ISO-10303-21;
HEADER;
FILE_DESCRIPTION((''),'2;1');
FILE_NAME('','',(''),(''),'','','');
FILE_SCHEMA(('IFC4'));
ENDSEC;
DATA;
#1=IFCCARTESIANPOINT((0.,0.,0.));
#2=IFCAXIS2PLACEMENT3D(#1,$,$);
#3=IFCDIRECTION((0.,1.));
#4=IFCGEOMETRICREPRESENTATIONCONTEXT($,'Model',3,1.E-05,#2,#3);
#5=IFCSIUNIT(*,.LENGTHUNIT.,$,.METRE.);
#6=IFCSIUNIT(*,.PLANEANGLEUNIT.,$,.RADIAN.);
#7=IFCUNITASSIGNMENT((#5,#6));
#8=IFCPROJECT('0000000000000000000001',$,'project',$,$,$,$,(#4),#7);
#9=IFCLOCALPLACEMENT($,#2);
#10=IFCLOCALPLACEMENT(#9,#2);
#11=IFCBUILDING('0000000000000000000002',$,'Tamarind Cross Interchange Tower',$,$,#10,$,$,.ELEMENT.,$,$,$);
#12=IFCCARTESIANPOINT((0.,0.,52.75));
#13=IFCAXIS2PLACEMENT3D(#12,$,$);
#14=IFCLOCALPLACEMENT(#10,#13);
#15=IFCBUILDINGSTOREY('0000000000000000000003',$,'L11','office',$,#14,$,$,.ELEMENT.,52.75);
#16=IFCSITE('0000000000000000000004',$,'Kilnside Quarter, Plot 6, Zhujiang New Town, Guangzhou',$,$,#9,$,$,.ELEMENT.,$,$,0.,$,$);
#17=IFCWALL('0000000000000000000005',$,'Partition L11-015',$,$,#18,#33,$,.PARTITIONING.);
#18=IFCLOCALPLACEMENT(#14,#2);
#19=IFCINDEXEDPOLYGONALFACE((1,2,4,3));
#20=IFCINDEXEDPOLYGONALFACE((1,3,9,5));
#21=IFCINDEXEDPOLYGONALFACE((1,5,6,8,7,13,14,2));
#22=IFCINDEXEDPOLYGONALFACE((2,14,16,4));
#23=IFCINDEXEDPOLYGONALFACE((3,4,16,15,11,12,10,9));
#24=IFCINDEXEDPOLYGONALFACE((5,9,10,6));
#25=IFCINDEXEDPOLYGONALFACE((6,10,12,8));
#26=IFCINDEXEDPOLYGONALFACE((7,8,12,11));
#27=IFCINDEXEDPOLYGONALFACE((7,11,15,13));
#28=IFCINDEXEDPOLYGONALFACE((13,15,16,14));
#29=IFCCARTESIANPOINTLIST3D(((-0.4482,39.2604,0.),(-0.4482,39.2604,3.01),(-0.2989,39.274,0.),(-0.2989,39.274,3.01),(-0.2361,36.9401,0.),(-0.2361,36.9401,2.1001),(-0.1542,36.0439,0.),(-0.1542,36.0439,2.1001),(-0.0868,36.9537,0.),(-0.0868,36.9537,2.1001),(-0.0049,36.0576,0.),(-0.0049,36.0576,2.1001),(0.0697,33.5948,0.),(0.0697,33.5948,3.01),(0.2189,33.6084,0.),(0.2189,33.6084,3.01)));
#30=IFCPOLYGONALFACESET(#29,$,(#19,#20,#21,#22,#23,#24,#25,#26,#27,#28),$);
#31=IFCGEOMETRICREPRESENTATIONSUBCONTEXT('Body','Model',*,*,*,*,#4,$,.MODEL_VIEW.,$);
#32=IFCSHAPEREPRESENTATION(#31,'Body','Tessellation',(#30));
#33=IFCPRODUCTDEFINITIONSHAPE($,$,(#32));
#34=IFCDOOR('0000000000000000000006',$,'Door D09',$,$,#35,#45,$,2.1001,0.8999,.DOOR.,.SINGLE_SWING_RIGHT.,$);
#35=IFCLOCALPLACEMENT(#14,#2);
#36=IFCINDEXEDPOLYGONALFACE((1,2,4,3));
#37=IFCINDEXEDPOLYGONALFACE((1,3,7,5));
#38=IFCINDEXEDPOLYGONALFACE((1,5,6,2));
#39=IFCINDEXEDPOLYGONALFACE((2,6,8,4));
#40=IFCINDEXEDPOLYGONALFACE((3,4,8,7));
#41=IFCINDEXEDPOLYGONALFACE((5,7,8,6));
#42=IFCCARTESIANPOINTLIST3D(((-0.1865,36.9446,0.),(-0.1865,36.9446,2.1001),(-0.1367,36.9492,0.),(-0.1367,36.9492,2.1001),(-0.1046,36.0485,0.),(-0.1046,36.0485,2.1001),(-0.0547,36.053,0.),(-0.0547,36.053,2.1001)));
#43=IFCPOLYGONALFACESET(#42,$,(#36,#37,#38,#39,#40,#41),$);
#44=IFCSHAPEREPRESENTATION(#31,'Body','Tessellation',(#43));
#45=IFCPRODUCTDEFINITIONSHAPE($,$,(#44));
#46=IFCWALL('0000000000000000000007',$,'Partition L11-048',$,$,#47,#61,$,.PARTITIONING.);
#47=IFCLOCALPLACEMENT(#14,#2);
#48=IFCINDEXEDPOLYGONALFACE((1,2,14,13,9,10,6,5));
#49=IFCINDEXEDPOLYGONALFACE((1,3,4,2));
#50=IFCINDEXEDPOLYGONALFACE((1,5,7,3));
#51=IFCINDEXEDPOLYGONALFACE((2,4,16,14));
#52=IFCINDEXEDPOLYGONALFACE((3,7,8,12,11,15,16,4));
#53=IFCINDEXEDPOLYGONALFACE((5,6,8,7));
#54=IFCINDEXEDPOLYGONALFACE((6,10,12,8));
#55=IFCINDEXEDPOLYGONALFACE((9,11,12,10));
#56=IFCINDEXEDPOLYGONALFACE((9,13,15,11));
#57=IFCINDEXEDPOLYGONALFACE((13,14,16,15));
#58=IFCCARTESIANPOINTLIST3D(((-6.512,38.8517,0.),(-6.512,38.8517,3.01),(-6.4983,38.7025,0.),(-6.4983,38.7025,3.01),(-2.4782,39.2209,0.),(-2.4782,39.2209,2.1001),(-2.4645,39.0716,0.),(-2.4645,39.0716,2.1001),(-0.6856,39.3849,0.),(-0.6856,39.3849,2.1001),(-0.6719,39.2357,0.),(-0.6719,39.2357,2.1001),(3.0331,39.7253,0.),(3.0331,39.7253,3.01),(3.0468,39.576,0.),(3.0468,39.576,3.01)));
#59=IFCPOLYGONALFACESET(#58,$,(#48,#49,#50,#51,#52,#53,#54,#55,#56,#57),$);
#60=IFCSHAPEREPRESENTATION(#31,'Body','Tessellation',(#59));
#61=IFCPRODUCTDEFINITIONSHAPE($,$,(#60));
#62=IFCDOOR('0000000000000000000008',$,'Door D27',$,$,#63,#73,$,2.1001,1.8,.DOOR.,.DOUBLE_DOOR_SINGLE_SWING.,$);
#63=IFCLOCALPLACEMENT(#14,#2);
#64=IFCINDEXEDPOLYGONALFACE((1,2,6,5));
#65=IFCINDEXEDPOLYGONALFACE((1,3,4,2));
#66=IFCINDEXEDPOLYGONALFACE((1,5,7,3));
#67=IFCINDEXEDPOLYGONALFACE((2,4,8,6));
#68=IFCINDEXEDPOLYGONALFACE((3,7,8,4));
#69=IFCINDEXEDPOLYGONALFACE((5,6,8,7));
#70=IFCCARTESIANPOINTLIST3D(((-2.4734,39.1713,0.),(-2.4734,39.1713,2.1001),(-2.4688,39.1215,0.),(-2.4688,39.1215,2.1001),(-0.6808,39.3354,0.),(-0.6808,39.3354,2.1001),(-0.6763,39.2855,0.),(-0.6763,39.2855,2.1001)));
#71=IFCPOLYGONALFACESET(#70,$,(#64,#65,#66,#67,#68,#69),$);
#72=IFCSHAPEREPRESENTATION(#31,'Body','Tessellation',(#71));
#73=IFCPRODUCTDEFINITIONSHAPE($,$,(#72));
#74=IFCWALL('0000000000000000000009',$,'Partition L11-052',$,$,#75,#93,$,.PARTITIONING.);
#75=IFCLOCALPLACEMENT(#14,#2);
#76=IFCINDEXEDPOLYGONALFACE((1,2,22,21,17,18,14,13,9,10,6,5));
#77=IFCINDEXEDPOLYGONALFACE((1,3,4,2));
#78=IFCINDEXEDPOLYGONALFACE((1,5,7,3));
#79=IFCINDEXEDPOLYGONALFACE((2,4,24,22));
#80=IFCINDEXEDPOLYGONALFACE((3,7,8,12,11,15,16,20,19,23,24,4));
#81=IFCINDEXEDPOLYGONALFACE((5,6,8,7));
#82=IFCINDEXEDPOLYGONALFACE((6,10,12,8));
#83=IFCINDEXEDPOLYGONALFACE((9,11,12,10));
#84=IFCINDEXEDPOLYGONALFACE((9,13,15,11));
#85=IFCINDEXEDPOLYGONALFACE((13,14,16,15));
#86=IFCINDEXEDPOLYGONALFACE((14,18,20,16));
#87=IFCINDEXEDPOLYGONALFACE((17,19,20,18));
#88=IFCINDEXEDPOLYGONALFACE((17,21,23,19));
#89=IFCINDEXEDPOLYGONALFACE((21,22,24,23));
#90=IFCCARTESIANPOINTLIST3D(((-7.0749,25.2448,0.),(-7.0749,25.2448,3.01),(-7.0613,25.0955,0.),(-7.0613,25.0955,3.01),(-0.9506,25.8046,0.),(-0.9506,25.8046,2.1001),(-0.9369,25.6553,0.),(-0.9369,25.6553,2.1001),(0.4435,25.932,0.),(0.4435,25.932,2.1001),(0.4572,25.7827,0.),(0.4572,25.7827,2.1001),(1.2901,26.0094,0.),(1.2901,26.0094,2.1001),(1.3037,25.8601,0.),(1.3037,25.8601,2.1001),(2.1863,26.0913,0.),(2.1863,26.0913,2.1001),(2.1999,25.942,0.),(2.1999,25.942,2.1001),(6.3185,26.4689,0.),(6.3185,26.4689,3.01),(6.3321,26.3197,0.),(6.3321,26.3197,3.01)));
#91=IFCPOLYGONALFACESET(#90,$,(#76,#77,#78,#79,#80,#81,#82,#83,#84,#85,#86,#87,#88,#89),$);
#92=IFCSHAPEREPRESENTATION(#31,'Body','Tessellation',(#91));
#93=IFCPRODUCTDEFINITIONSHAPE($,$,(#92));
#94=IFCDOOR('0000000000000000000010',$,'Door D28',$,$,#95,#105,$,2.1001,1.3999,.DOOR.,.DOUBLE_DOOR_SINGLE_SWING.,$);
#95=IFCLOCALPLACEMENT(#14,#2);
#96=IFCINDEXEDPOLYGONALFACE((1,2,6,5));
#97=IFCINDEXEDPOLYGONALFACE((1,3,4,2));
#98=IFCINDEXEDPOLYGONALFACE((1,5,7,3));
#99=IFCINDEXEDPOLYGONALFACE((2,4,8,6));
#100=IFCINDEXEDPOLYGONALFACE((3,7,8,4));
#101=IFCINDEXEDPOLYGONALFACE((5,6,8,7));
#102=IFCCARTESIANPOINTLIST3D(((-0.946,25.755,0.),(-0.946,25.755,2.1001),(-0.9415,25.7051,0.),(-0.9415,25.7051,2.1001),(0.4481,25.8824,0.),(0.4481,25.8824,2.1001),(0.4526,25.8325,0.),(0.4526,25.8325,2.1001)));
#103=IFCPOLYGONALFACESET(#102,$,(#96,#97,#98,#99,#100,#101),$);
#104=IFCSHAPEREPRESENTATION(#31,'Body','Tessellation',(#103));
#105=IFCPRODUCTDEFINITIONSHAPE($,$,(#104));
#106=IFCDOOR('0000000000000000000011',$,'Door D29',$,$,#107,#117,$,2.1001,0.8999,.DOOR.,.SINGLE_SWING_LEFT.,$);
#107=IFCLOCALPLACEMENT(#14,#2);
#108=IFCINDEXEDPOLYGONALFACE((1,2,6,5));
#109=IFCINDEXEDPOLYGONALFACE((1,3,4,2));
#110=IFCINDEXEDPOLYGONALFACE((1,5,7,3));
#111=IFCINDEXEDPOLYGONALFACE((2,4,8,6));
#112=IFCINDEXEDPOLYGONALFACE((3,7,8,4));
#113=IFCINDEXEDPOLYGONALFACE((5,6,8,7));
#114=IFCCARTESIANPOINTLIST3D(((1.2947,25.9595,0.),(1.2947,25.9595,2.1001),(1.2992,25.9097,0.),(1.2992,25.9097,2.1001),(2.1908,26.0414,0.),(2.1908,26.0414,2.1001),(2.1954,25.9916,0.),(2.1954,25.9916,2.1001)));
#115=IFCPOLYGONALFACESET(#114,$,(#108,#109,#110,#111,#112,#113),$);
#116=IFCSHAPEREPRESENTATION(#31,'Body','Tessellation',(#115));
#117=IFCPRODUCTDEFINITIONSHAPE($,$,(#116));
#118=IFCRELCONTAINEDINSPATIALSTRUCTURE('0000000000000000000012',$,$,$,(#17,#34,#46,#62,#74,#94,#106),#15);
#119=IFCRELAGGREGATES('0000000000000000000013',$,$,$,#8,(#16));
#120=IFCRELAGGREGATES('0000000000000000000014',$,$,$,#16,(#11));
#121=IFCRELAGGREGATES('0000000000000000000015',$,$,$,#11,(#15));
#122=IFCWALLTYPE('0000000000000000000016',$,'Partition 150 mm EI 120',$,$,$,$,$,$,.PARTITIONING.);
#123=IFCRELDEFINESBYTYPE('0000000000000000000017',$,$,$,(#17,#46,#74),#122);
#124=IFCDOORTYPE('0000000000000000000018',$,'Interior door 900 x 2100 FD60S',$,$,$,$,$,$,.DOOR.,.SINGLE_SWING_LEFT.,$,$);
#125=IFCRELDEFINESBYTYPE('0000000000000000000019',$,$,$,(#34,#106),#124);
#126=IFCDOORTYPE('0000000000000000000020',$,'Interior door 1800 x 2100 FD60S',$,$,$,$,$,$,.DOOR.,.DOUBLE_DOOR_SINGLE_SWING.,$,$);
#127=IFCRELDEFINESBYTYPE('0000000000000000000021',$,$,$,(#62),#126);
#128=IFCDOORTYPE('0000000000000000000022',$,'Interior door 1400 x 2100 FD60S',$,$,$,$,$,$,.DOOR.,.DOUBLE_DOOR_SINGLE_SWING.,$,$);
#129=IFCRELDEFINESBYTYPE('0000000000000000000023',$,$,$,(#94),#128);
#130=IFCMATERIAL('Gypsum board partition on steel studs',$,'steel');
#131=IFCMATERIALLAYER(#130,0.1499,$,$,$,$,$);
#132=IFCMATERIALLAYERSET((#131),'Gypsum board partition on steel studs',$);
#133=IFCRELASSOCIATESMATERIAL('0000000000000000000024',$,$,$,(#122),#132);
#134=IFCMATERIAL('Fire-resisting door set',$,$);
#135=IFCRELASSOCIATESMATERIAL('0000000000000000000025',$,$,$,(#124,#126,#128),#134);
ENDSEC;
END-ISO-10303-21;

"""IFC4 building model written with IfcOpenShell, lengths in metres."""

from ifc_helpers import new_model, si_unit, direction, frame, frame_2d, origin, place, context, subcontext, project, spatial, rectangle, extrude, material, layer, layer_set, type_object, element, fill, save


model = new_model("IFC4")

# Units and contexts
model_context = context("Model", 3, precision=1e-05, world=origin(), true_north=direction((0.0, 1.0)))
body_context = subcontext(model_context, "Body", "Model", "MODEL_VIEW")
ifc_project = project(units=[si_unit("LENGTHUNIT", "METRE"), si_unit("PLANEANGLEUNIT", "RADIAN")], contexts=[model_context])

# Site, building, storey
site_placement = place(None, origin())
site = spatial("IfcSite", under=ifc_project, at=site_placement, Name="Kilnside Quarter, Plot 6, Zhujiang New Town, Guangzhou", CompositionType="ELEMENT", RefElevation=0.0)
building_placement = place(site_placement, origin())
building = spatial("IfcBuilding", under=site, at=building_placement, Name="Tamarind Cross Interchange Tower", CompositionType="ELEMENT")
storey_placement = place(building_placement, frame((0.0, 0.0, 52.75)))
storey = spatial("IfcBuildingStorey", under=building, at=storey_placement, Name="L11", Description="office", CompositionType="ELEMENT", Elevation=52.75)

# Shared definitions
ifc_material_1 = material(Name="Gypsum board partition on steel studs", Category="steel")
ifc_layer_1 = layer(ifc_material_1, 0.1499)
ifc_layer_set_1 = layer_set([ifc_layer_1], Name="Gypsum board partition on steel studs")
wall_type = type_object("IfcWallType", Name="Partition 150 mm EI 120", PredefinedType="PARTITIONING", material=ifc_layer_set_1)

# Shared definitions
ifc_material_2 = material(Name="Fire-resisting door set")
door_type_1 = type_object("IfcDoorType", Name="Interior door 900 x 2100 FD60S", OperationType="SINGLE_SWING_LEFT", PredefinedType="DOOR", material=ifc_material_2)

# Walls, openings, doors
wall_1_placement = place(storey_placement, frame((-0.3735, 39.2673, 0.0), z_axis=(0.0, 0.0, 1.0), x_axis=(0.091019, -0.995849, 0.0)))
wall_1 = element("IfcWall", 1, at=wall_1_placement, inside=storey, type_object=wall_type, Name="Partition L11-015", PredefinedType="PARTITIONING", context=body_context, shape_type="SweptSolid", body=[
    extrude(rectangle(XDim=5.6892, YDim=0.1499, at=frame_2d((2.8447, 0.0))), origin(), (0.0, 0.0, 1.0), 3.01),
])
opening_1_placement = place(wall_1_placement, frame((2.3301, 0.0, 0.0)))
opening_1 = element("IfcOpeningElement", 2, at=opening_1_placement, cuts=wall_1, PredefinedType="OPENING", context=body_context, shape_type="SweptSolid", body=[
    extrude(rectangle(XDim=0.8999, YDim=2.1001, at=frame_2d((0.45, 1.05))), frame((0.0, 0.085, 0.0), z_axis=(0.0, -1.0, 0.0), x_axis=(1.0, 0.0, 0.0)), (0.0, 0.0, 1.0), 0.1699),
])
door_1_placement = place(opening_1_placement, origin())
door_1 = element("IfcDoor", 3, at=door_1_placement, inside=storey, type_object=door_type_1, Name="Door D09", OperationType="SINGLE_SWING_RIGHT", OverallHeight=2.1001, OverallWidth=0.8999, PredefinedType="DOOR", context=body_context, shape_type="SweptSolid", body=[
    extrude(rectangle(XDim=0.8999, YDim=2.1001, at=frame_2d((0.45, 1.05))), frame((0.0, 0.0249, 0.0), z_axis=(0.0, -1.0, 0.0), x_axis=(1.0, 0.0, 0.0)), (0.0, 0.0, 1.0), 0.05),
])
fill(opening_1, door_1)
wall_2_placement = place(storey_placement, frame((-6.5051, 38.7771, 0.0), z_axis=(0.0, 0.0, 1.0), x_axis=(0.995839, 0.091135, 0.0)))
wall_2 = element("IfcWall", 4, at=wall_2_placement, inside=storey, type_object=wall_type, Name="Partition L11-048", PredefinedType="PARTITIONING", context=body_context, shape_type="SweptSolid", body=[
    extrude(rectangle(XDim=9.585, YDim=0.1499, at=frame_2d((4.7925, 0.0))), origin(), (0.0, 0.0, 1.0), 3.01),
])
opening_2_placement = place(wall_2_placement, frame((4.0508, 0.0, 0.0)))
opening_2 = element("IfcOpeningElement", 5, at=opening_2_placement, cuts=wall_2, PredefinedType="OPENING", context=body_context, shape_type="SweptSolid", body=[
    extrude(rectangle(XDim=1.8, YDim=2.1001, at=frame_2d((0.8999, 1.05))), frame((0.0, 0.085, 0.0), z_axis=(0.0, -1.0, 0.0), x_axis=(1.0, 0.0, 0.0)), (0.0, 0.0, 1.0), 0.1699),
])
door_type_2 = type_object("IfcDoorType", Name="Interior door 1800 x 2100 FD60S", OperationType="DOUBLE_DOOR_SINGLE_SWING", PredefinedType="DOOR", material=ifc_material_2)
door_2_placement = place(opening_2_placement, frame((1.8, 0.0, 0.0), z_axis=(0.0, 0.0, 1.0), x_axis=(-1.0, 0.0, 0.0)))
door_2 = element("IfcDoor", 6, at=door_2_placement, inside=storey, type_object=door_type_2, Name="Door D27", OperationType="DOUBLE_DOOR_SINGLE_SWING", OverallHeight=2.1001, OverallWidth=1.8, PredefinedType="DOOR", context=body_context, shape_type="SweptSolid", body=[
    extrude(rectangle(XDim=1.8, YDim=2.1001, at=frame_2d((0.8999, 1.05))), frame((0.0, 0.0249, 0.0), z_axis=(0.0, -1.0, 0.0), x_axis=(1.0, 0.0, 0.0)), (0.0, 0.0, 1.0), 0.05),
])
fill(opening_2, door_2)

# Wall, openings, doors
wall_3_placement = place(storey_placement, frame((-7.0681, 25.1702, 0.0), z_axis=(0.0, 0.0, 1.0), x_axis=(0.995849, 0.091019, 0.0)))
wall_3 = element("IfcWall", 7, at=wall_3_placement, inside=storey, type_object=wall_type, Name="Partition L11-052", PredefinedType="PARTITIONING", context=body_context, shape_type="SweptSolid", body=[
    extrude(rectangle(XDim=13.4492, YDim=0.1499, at=frame_2d((6.7246, 0.0))), origin(), (0.0, 0.0, 1.0), 3.01),
])
opening_3_placement = place(wall_3_placement, frame((6.1499, 0.0, 0.0)))
opening_3 = element("IfcOpeningElement", 8, at=opening_3_placement, cuts=wall_3, PredefinedType="OPENING", context=body_context, shape_type="SweptSolid", body=[
    extrude(rectangle(XDim=1.3999, YDim=2.1001, at=frame_2d((0.7, 1.05))), frame((0.0, 0.085, 0.0), z_axis=(0.0, -1.0, 0.0), x_axis=(1.0, 0.0, 0.0)), (0.0, 0.0, 1.0), 0.1699),
])
opening_4_placement = place(wall_3_placement, frame((8.3999, 0.0, 0.0)))
opening_4 = element("IfcOpeningElement", 9, at=opening_4_placement, cuts=wall_3, PredefinedType="OPENING", context=body_context, shape_type="SweptSolid", body=[
    extrude(rectangle(XDim=0.8999, YDim=2.1001, at=frame_2d((0.45, 1.05))), frame((0.0, 0.085, 0.0), z_axis=(0.0, -1.0, 0.0), x_axis=(1.0, 0.0, 0.0)), (0.0, 0.0, 1.0), 0.1699),
])
door_type_3 = type_object("IfcDoorType", Name="Interior door 1400 x 2100 FD60S", OperationType="DOUBLE_DOOR_SINGLE_SWING", PredefinedType="DOOR", material=ifc_material_2)
door_3_placement = place(opening_3_placement, frame((1.3999, 0.0, 0.0), z_axis=(0.0, 0.0, 1.0), x_axis=(-1.0, 0.0, 0.0)))
door_3 = element("IfcDoor", 10, at=door_3_placement, inside=storey, type_object=door_type_3, Name="Door D28", OperationType="DOUBLE_DOOR_SINGLE_SWING", OverallHeight=2.1001, OverallWidth=1.3999, PredefinedType="DOOR", context=body_context, shape_type="SweptSolid", body=[
    extrude(rectangle(XDim=1.3999, YDim=2.1001, at=frame_2d((0.7, 1.05))), frame((0.0, 0.0249, 0.0), z_axis=(0.0, -1.0, 0.0), x_axis=(1.0, 0.0, 0.0)), (0.0, 0.0, 1.0), 0.05),
])
fill(opening_3, door_3)
door_4_placement = place(opening_4_placement, origin())
door_4 = element("IfcDoor", 11, at=door_4_placement, inside=storey, type_object=door_type_1, Name="Door D29", OperationType="SINGLE_SWING_LEFT", OverallHeight=2.1001, OverallWidth=0.8999, PredefinedType="DOOR", context=body_context, shape_type="SweptSolid", body=[
    extrude(rectangle(XDim=0.8999, YDim=2.1001, at=frame_2d((0.45, 1.05))), frame((0.0, 0.0249, 0.0), z_axis=(0.0, -1.0, 0.0), x_axis=(1.0, 0.0, 0.0)), (0.0, 0.0, 1.0), 0.05),
])
fill(opening_4, door_4)

save(model, "model.ifc")
